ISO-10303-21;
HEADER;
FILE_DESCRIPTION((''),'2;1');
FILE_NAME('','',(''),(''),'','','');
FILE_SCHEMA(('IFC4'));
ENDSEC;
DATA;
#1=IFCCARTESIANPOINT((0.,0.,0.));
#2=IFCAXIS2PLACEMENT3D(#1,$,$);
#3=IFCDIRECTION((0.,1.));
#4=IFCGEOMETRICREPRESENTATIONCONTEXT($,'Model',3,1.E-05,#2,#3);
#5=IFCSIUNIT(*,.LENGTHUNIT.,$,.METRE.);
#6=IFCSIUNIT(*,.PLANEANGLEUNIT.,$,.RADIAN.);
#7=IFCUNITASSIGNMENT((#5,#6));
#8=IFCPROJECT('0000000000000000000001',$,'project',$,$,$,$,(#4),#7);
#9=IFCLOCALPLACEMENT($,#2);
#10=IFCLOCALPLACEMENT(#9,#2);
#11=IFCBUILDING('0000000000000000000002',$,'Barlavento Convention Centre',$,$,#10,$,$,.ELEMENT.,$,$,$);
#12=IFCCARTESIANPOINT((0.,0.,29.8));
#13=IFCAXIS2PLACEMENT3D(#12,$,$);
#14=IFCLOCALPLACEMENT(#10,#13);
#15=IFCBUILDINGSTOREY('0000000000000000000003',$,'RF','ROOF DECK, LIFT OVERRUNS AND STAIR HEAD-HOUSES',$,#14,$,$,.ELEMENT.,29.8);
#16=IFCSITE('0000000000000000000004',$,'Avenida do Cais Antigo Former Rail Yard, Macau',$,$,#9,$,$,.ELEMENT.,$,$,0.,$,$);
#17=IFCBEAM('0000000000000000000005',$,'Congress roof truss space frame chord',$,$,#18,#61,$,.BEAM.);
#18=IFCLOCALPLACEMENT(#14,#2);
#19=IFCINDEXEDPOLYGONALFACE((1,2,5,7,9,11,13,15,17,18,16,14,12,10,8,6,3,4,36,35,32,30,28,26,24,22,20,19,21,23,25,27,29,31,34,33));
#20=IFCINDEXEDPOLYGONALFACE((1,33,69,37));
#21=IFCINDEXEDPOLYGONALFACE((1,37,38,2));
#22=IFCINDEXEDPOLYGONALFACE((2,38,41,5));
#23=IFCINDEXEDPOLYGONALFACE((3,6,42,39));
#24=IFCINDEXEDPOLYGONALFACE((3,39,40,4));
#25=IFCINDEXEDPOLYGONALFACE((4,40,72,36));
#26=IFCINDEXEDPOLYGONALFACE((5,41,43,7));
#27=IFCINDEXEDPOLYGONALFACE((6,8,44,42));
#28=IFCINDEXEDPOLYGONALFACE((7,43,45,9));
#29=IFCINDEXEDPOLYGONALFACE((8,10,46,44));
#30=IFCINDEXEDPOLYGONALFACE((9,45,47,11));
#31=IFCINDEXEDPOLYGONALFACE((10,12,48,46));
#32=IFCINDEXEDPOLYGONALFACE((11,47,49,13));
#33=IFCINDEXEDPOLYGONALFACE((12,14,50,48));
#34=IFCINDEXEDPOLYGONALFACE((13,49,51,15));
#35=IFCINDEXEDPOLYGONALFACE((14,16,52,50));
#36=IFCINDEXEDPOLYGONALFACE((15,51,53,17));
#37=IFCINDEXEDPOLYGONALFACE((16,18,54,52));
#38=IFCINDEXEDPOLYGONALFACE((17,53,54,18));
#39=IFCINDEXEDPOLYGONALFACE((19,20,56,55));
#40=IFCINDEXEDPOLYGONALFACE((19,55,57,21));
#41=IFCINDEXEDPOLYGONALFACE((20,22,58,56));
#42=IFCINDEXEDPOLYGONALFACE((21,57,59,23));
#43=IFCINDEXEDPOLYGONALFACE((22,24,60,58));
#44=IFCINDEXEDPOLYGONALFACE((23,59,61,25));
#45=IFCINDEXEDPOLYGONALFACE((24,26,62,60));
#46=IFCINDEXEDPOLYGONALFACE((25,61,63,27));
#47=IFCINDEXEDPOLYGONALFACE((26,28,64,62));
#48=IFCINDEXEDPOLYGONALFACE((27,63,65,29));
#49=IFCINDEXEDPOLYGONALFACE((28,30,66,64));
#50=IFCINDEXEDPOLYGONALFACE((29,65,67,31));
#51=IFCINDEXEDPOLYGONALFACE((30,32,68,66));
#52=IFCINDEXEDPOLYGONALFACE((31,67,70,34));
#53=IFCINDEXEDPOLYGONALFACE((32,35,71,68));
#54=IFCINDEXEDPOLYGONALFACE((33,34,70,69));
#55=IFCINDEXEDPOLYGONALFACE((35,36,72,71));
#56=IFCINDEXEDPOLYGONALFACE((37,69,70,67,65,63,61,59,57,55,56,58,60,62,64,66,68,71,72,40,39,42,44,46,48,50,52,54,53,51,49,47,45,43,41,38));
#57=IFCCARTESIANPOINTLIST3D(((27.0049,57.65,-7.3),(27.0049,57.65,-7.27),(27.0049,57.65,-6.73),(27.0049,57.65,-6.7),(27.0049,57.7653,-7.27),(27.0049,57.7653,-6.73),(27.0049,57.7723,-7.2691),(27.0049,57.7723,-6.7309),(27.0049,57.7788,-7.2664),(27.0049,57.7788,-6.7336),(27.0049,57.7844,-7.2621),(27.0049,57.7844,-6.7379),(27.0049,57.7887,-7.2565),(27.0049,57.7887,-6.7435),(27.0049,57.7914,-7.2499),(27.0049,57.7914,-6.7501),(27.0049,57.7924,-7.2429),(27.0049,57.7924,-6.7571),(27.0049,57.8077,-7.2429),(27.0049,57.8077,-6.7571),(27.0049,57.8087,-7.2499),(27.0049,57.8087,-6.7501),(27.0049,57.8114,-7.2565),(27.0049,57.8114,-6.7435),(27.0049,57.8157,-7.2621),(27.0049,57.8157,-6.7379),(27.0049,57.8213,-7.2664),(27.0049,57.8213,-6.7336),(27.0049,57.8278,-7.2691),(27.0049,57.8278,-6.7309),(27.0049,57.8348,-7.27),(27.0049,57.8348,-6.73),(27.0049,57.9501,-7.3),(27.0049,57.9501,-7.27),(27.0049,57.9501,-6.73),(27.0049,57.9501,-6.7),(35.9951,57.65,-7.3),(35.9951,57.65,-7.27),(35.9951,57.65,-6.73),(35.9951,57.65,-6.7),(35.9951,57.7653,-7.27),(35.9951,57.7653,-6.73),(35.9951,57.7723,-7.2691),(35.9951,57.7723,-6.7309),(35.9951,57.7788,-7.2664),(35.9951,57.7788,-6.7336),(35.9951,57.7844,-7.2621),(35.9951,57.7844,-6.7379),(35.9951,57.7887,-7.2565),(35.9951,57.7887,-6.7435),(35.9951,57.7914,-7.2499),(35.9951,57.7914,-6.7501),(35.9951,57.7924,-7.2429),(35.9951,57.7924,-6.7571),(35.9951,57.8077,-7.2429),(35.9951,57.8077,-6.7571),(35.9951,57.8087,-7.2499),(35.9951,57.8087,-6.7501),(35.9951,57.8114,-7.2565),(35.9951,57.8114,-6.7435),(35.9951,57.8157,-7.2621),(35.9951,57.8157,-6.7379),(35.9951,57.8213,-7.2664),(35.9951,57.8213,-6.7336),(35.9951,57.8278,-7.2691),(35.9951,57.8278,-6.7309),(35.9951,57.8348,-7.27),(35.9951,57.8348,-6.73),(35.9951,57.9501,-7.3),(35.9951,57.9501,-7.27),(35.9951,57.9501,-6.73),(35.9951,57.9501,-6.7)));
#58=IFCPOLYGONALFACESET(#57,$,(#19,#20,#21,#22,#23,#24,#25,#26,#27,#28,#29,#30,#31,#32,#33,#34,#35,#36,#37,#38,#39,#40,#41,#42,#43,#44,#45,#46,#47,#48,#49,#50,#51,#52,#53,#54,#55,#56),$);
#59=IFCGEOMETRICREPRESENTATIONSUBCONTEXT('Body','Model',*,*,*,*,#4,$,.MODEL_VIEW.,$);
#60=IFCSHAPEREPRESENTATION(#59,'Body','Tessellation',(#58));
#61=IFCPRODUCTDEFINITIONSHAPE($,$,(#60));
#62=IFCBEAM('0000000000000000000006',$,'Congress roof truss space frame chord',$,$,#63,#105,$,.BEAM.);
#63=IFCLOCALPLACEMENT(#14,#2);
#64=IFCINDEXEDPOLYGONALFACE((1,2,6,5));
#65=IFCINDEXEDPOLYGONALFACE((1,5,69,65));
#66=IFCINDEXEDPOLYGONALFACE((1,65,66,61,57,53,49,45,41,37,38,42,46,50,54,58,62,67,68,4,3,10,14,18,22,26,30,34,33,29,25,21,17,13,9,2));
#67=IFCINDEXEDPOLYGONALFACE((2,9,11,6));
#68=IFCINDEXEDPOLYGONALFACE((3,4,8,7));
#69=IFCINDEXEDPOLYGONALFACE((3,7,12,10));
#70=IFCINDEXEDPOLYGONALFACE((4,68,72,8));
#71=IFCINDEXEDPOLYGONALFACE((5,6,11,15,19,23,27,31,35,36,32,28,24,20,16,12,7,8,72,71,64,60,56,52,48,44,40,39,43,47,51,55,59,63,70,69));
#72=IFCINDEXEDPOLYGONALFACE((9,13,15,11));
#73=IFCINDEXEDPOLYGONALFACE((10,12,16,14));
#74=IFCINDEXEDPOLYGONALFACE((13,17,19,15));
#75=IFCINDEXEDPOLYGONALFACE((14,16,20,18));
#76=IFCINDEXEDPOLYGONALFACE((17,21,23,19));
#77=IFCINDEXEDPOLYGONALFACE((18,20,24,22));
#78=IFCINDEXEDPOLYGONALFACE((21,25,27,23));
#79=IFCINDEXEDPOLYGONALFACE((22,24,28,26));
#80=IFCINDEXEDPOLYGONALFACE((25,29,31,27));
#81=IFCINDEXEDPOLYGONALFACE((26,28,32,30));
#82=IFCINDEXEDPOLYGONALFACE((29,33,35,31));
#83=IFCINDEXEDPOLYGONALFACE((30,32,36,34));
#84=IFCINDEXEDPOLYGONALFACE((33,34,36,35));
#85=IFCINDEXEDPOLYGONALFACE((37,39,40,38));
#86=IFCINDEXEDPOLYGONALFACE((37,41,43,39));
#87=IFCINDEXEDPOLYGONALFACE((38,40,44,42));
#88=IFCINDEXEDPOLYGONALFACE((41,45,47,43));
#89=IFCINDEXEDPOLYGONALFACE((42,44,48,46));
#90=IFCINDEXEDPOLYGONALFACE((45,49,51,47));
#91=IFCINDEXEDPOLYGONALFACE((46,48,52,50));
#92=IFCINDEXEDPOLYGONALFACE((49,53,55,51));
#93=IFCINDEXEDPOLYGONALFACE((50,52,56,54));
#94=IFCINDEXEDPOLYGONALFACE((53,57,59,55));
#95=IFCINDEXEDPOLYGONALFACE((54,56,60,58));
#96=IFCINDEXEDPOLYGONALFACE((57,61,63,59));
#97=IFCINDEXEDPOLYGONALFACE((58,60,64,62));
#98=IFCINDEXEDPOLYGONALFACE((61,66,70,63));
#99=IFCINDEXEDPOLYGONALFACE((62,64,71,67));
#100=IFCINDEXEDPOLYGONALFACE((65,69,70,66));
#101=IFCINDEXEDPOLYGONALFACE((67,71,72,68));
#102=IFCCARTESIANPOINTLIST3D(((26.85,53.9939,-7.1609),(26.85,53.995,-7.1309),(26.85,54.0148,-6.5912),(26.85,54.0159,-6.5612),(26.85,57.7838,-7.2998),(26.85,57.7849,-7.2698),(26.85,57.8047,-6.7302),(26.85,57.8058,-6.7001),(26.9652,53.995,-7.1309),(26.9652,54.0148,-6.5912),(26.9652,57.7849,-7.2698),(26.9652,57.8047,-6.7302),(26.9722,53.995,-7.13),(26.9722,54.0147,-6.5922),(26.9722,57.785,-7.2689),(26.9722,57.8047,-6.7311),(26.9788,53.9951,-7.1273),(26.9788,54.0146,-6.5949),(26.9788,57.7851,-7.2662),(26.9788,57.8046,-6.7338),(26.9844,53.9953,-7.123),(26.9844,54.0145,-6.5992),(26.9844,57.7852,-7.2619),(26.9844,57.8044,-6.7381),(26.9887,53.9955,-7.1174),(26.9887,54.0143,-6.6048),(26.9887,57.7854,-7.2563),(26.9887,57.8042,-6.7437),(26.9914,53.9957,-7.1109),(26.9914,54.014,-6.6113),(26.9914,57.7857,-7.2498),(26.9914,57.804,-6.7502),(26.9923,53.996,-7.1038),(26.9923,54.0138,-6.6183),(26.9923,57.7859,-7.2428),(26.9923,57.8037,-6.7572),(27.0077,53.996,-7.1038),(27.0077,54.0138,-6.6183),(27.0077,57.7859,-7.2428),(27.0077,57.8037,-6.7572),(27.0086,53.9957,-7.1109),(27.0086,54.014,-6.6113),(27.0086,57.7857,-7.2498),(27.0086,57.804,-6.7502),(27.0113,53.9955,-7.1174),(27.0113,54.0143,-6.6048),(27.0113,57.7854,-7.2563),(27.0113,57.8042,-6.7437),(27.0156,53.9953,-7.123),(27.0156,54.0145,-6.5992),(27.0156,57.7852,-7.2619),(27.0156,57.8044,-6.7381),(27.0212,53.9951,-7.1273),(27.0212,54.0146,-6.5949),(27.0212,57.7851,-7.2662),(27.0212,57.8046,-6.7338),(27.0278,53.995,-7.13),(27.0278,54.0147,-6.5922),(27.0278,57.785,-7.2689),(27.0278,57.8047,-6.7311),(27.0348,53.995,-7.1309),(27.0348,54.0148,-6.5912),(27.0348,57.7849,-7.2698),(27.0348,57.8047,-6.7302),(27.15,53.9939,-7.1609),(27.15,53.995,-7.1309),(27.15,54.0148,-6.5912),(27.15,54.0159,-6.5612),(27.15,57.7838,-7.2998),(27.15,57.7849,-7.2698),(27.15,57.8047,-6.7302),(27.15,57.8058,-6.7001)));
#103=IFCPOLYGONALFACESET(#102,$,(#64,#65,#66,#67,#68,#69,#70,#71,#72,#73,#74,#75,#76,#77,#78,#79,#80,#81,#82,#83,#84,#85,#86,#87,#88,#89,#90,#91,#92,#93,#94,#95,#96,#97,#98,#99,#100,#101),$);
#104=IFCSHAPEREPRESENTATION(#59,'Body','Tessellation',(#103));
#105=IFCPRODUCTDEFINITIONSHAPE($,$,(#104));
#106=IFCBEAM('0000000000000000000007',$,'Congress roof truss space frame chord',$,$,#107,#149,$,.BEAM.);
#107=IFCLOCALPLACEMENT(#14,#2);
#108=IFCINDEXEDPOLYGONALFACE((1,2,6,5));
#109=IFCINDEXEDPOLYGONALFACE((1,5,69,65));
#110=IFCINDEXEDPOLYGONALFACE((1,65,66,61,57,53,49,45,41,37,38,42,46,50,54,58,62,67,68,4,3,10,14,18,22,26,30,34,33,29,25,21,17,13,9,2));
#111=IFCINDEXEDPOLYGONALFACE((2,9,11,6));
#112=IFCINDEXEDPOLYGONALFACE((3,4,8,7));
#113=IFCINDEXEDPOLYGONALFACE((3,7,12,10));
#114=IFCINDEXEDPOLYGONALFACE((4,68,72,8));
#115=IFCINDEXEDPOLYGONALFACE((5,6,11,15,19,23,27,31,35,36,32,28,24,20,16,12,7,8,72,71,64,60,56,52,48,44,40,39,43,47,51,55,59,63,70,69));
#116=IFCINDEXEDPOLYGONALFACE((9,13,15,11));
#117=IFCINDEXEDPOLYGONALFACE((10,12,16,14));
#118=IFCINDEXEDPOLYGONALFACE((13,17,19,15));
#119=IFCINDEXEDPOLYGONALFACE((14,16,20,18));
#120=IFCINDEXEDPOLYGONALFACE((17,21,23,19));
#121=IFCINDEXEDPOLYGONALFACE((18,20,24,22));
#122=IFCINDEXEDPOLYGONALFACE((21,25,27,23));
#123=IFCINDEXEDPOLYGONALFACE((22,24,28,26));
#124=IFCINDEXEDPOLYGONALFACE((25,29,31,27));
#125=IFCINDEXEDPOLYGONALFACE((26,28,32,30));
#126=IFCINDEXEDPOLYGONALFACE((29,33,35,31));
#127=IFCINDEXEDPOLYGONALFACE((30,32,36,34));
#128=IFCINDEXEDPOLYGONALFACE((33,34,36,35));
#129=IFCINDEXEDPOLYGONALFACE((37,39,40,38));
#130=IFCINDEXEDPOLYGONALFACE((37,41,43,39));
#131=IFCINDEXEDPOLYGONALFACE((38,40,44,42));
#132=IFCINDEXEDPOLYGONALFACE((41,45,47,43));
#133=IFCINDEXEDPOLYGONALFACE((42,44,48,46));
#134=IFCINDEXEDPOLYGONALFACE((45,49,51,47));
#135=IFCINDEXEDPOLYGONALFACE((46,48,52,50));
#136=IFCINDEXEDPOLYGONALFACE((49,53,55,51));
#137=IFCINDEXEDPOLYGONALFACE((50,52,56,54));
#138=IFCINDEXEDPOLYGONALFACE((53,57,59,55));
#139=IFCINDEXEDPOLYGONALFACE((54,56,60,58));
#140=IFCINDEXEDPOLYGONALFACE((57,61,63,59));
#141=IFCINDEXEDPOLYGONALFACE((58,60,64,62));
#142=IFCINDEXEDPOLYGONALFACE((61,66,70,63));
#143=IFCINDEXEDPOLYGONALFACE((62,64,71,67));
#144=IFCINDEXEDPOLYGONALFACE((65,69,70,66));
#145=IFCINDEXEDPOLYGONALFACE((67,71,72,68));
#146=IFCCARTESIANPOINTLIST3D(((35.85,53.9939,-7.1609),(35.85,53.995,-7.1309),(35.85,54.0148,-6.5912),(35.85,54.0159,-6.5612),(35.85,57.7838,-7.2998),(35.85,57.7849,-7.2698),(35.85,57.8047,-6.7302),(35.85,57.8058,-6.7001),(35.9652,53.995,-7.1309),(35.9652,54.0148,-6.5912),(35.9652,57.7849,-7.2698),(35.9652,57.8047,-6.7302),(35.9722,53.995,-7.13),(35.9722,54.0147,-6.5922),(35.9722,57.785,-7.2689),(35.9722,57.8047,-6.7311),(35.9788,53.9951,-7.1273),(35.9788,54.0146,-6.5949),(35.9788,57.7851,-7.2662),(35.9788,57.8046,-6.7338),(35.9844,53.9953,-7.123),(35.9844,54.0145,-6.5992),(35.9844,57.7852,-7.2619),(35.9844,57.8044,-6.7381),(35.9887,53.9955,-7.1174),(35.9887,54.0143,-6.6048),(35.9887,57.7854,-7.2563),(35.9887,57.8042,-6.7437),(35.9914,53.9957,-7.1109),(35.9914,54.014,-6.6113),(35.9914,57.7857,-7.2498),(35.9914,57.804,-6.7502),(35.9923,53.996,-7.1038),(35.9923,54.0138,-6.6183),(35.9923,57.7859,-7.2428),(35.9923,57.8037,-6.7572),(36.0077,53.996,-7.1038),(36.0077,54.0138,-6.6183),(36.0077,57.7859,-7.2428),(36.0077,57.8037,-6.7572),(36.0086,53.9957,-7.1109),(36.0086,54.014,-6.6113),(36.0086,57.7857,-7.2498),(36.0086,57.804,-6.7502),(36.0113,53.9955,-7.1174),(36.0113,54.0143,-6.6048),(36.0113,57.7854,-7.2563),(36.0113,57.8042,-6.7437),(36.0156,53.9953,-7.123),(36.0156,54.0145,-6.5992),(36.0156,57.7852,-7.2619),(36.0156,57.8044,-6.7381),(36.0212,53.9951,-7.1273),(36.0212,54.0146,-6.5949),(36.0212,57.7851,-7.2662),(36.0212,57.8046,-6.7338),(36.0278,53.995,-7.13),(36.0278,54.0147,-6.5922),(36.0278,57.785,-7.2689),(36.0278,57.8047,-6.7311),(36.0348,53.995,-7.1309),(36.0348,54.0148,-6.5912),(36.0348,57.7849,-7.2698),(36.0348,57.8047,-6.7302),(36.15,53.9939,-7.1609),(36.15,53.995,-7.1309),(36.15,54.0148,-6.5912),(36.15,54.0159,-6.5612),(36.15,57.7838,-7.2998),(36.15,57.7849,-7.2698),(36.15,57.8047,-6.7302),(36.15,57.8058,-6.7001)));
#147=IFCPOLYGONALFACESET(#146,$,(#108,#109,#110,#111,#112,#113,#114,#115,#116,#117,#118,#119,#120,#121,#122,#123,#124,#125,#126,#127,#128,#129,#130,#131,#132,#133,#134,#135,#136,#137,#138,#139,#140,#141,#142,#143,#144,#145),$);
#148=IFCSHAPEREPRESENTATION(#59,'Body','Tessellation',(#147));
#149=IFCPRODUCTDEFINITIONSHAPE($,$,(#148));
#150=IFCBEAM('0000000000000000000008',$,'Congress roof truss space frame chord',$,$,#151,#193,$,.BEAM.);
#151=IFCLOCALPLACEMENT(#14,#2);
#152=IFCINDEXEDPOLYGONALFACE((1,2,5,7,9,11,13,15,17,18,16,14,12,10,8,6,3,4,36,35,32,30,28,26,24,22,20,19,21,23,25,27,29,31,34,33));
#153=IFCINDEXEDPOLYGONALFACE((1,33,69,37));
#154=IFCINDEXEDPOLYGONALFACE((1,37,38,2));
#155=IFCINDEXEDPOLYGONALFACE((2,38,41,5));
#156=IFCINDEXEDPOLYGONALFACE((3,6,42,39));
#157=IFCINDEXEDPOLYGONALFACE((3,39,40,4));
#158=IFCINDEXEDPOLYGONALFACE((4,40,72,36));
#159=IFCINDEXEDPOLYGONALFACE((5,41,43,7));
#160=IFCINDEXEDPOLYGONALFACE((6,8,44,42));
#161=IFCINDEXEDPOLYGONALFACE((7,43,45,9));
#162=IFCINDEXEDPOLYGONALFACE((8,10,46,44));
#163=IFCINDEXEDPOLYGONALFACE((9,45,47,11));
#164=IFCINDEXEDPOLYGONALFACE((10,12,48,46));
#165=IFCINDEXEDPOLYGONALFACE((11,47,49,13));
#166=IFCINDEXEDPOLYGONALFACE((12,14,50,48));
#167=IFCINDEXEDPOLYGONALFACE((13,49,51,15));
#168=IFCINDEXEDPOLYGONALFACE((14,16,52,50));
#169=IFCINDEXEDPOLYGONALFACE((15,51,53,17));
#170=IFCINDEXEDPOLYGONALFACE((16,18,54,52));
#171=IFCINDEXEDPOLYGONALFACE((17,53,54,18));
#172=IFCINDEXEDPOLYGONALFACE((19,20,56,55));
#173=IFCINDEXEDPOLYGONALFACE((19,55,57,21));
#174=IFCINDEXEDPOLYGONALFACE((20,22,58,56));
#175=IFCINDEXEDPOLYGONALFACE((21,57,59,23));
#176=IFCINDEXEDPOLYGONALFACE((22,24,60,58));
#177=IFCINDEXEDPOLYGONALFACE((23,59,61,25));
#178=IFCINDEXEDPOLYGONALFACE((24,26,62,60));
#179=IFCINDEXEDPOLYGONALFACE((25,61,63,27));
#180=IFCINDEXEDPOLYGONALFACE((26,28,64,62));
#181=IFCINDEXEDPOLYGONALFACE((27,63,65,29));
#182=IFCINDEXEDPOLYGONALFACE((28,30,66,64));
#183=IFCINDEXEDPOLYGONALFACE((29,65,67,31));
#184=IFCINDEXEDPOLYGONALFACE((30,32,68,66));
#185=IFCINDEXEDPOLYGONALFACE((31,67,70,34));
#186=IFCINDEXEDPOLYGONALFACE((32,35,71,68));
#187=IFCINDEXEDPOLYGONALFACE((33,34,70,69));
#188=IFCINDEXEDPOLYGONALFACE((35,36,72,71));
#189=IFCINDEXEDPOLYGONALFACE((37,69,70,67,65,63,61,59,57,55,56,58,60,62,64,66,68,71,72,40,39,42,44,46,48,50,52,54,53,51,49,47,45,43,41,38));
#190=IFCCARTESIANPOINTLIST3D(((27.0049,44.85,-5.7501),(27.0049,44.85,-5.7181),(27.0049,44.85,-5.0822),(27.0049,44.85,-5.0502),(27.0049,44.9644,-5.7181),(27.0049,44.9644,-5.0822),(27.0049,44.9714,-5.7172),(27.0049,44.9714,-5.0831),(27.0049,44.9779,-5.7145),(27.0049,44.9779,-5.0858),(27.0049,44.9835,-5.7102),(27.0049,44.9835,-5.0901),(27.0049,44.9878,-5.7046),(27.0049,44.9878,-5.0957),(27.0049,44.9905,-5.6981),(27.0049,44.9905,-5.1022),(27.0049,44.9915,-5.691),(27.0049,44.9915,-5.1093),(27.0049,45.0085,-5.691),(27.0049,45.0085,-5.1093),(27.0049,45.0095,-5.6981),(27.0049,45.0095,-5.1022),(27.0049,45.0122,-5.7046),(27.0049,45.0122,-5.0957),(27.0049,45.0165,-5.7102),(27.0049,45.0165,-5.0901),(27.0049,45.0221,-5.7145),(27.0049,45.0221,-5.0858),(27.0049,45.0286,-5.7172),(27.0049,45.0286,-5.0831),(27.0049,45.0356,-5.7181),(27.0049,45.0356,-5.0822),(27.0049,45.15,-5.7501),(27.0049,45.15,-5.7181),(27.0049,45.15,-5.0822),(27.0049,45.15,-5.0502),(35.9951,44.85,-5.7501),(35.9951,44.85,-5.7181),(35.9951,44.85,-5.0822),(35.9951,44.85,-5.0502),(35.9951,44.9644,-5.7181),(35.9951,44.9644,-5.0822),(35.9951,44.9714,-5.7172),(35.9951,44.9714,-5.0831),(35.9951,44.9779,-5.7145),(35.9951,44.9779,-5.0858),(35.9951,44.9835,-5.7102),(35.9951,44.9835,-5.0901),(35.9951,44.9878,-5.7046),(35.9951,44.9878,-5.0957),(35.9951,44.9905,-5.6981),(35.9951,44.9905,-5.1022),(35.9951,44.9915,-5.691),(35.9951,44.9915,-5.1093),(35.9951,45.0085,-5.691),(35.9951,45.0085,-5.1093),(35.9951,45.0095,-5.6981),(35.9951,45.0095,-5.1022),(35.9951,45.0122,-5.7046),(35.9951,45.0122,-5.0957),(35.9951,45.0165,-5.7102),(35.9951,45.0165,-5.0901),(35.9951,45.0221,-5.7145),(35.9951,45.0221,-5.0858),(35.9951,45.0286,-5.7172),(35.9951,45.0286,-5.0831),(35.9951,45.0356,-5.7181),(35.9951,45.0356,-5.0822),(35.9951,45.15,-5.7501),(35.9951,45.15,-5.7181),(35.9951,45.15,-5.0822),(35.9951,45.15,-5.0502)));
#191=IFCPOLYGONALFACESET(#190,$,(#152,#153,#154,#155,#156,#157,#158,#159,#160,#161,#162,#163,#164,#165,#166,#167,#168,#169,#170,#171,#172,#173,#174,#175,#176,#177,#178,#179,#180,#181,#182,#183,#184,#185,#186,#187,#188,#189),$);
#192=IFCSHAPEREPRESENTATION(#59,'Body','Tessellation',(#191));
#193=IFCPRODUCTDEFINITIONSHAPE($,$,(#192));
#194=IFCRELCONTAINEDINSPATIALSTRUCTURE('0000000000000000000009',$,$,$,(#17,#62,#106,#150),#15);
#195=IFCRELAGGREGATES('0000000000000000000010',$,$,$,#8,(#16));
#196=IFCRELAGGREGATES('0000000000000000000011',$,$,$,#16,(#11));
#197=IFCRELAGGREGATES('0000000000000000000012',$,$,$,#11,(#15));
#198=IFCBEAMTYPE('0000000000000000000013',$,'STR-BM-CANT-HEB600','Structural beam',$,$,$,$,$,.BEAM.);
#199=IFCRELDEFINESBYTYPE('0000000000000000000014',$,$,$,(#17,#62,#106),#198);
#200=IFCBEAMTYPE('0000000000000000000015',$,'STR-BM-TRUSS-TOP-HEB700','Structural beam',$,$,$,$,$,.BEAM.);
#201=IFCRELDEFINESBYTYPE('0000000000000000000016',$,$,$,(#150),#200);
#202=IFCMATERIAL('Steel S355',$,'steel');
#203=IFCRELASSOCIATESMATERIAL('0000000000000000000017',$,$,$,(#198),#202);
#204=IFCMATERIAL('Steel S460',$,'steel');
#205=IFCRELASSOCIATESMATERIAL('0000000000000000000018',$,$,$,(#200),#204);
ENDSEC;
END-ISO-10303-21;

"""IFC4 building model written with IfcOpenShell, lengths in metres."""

from ifc_helpers import new_model, si_unit, direction, frame, origin, origin_2d, place, context, subcontext, project, spatial, i_section, extrude, material, material_profile, profile_set, type_object, element, save


model = new_model("IFC4")

# Units and contexts
model_context = context("Model", 3, precision=1e-05, world=origin(), true_north=direction((0.0, 1.0)))
body_context = subcontext(model_context, "Body", "Model", "MODEL_VIEW")
ifc_project = project(units=[si_unit("LENGTHUNIT", "METRE"), si_unit("PLANEANGLEUNIT", "RADIAN")], contexts=[model_context])

# Site, building, storey
site_placement = place(None, origin())
site = spatial("IfcSite", under=ifc_project, at=site_placement, Name="Avenida do Cais Antigo Former Rail Yard, Macau", CompositionType="ELEMENT", RefElevation=0.0)
building_placement = place(site_placement, origin())
building = spatial("IfcBuilding", under=site, at=building_placement, Name="Barlavento Convention Centre", CompositionType="ELEMENT")
storey_placement = place(building_placement, frame((0.0, 0.0, 29.8)))
storey = spatial("IfcBuildingStorey", under=building, at=storey_placement, Name="RF", Description="ROOF DECK, LIFT OVERRUNS AND STAIR HEAD-HOUSES", CompositionType="ELEMENT", Elevation=29.8)

# Beams
ifc_material_1 = material(Name="Steel S355", Category="steel")
ifc_material_profile_1 = material_profile(ifc_material_1, i_section(OverallWidth=0.3, OverallDepth=0.6001, WebThickness=0.0154, FlangeThickness=0.03, FilletRadius=0.0271, at=origin_2d()), Name="HEB 600")
ifc_profile_set_1 = profile_set([ifc_material_profile_1], Name="Steel S355")
beam_type_1 = type_object("IfcBeamType", Name="STR-BM-CANT-HEB600", Description="Structural beam", PredefinedType="BEAM", material=ifc_profile_set_1)
beam_1_placement = place(storey_placement, frame((27.0049, 57.8, -7.0), z_axis=(1.0, 0.0, 0.0), x_axis=(0.0, 1.0, 0.0)))
element("IfcBeam", 1, at=beam_1_placement, inside=storey, type_object=beam_type_1, Name="Congress roof truss space frame chord", PredefinedType="BEAM", context=body_context, shape_type="SweptSolid", body=[
    extrude(i_section(OverallWidth=0.3, OverallDepth=0.6001, WebThickness=0.0154, FlangeThickness=0.03, FilletRadius=0.0271, at=origin_2d()), origin(), (0.0, 0.0, 1.0), 8.9902),
])
for number, where, z_axis, x_axis, name in (
    (2, (27.0, 54.0049, -6.8611), (0.0, 0.999329, -0.036628), (-1.0, 0.0, 0.0), "Congress roof truss space frame chord"),
    (3, (36.0, 54.0049, -6.8611), (0.0, 0.999329, -0.036628), (-1.0, 0.0, 0.0), "Congress roof truss space frame chord"),
):
    element("IfcBeam", number, at=place(storey_placement, frame(where, z_axis=z_axis, x_axis=x_axis)), inside=storey, type_object=beam_type_1, Name=name, PredefinedType="BEAM", context=body_context, shape_type="SweptSolid", body=[
        extrude(i_section(OverallWidth=0.3, OverallDepth=0.6001, WebThickness=0.0154, FlangeThickness=0.03, FilletRadius=0.0271, at=origin_2d()), origin(), (0.0, 0.0, 1.0), 3.7925),
    ])
ifc_material_2 = material(Name="Steel S460", Category="steel")
ifc_material_profile_2 = material_profile(ifc_material_2, i_section(OverallWidth=0.3, OverallDepth=0.7, WebThickness=0.0171, FlangeThickness=0.032, FilletRadius=0.0271, at=origin_2d()), Name="HEB 700")
ifc_profile_set_2 = profile_set([ifc_material_profile_2], Name="Steel S460")
beam_type_2 = type_object("IfcBeamType", Name="STR-BM-TRUSS-TOP-HEB700", Description="Structural beam", PredefinedType="BEAM", material=ifc_profile_set_2)
beam_2_placement = place(storey_placement, frame((27.0049, 45.0, -5.4001), z_axis=(1.0, 0.0, 0.0), x_axis=(0.0, 1.0, 0.0)))
element("IfcBeam", 4, at=beam_2_placement, inside=storey, type_object=beam_type_2, Name="Congress roof truss space frame chord", PredefinedType="BEAM", context=body_context, shape_type="SweptSolid", body=[
    extrude(i_section(OverallWidth=0.3, OverallDepth=0.7, WebThickness=0.0171, FlangeThickness=0.032, FilletRadius=0.0271, at=origin_2d()), origin(), (0.0, 0.0, 1.0), 8.9902),
])

save(model, "model.ifc")
